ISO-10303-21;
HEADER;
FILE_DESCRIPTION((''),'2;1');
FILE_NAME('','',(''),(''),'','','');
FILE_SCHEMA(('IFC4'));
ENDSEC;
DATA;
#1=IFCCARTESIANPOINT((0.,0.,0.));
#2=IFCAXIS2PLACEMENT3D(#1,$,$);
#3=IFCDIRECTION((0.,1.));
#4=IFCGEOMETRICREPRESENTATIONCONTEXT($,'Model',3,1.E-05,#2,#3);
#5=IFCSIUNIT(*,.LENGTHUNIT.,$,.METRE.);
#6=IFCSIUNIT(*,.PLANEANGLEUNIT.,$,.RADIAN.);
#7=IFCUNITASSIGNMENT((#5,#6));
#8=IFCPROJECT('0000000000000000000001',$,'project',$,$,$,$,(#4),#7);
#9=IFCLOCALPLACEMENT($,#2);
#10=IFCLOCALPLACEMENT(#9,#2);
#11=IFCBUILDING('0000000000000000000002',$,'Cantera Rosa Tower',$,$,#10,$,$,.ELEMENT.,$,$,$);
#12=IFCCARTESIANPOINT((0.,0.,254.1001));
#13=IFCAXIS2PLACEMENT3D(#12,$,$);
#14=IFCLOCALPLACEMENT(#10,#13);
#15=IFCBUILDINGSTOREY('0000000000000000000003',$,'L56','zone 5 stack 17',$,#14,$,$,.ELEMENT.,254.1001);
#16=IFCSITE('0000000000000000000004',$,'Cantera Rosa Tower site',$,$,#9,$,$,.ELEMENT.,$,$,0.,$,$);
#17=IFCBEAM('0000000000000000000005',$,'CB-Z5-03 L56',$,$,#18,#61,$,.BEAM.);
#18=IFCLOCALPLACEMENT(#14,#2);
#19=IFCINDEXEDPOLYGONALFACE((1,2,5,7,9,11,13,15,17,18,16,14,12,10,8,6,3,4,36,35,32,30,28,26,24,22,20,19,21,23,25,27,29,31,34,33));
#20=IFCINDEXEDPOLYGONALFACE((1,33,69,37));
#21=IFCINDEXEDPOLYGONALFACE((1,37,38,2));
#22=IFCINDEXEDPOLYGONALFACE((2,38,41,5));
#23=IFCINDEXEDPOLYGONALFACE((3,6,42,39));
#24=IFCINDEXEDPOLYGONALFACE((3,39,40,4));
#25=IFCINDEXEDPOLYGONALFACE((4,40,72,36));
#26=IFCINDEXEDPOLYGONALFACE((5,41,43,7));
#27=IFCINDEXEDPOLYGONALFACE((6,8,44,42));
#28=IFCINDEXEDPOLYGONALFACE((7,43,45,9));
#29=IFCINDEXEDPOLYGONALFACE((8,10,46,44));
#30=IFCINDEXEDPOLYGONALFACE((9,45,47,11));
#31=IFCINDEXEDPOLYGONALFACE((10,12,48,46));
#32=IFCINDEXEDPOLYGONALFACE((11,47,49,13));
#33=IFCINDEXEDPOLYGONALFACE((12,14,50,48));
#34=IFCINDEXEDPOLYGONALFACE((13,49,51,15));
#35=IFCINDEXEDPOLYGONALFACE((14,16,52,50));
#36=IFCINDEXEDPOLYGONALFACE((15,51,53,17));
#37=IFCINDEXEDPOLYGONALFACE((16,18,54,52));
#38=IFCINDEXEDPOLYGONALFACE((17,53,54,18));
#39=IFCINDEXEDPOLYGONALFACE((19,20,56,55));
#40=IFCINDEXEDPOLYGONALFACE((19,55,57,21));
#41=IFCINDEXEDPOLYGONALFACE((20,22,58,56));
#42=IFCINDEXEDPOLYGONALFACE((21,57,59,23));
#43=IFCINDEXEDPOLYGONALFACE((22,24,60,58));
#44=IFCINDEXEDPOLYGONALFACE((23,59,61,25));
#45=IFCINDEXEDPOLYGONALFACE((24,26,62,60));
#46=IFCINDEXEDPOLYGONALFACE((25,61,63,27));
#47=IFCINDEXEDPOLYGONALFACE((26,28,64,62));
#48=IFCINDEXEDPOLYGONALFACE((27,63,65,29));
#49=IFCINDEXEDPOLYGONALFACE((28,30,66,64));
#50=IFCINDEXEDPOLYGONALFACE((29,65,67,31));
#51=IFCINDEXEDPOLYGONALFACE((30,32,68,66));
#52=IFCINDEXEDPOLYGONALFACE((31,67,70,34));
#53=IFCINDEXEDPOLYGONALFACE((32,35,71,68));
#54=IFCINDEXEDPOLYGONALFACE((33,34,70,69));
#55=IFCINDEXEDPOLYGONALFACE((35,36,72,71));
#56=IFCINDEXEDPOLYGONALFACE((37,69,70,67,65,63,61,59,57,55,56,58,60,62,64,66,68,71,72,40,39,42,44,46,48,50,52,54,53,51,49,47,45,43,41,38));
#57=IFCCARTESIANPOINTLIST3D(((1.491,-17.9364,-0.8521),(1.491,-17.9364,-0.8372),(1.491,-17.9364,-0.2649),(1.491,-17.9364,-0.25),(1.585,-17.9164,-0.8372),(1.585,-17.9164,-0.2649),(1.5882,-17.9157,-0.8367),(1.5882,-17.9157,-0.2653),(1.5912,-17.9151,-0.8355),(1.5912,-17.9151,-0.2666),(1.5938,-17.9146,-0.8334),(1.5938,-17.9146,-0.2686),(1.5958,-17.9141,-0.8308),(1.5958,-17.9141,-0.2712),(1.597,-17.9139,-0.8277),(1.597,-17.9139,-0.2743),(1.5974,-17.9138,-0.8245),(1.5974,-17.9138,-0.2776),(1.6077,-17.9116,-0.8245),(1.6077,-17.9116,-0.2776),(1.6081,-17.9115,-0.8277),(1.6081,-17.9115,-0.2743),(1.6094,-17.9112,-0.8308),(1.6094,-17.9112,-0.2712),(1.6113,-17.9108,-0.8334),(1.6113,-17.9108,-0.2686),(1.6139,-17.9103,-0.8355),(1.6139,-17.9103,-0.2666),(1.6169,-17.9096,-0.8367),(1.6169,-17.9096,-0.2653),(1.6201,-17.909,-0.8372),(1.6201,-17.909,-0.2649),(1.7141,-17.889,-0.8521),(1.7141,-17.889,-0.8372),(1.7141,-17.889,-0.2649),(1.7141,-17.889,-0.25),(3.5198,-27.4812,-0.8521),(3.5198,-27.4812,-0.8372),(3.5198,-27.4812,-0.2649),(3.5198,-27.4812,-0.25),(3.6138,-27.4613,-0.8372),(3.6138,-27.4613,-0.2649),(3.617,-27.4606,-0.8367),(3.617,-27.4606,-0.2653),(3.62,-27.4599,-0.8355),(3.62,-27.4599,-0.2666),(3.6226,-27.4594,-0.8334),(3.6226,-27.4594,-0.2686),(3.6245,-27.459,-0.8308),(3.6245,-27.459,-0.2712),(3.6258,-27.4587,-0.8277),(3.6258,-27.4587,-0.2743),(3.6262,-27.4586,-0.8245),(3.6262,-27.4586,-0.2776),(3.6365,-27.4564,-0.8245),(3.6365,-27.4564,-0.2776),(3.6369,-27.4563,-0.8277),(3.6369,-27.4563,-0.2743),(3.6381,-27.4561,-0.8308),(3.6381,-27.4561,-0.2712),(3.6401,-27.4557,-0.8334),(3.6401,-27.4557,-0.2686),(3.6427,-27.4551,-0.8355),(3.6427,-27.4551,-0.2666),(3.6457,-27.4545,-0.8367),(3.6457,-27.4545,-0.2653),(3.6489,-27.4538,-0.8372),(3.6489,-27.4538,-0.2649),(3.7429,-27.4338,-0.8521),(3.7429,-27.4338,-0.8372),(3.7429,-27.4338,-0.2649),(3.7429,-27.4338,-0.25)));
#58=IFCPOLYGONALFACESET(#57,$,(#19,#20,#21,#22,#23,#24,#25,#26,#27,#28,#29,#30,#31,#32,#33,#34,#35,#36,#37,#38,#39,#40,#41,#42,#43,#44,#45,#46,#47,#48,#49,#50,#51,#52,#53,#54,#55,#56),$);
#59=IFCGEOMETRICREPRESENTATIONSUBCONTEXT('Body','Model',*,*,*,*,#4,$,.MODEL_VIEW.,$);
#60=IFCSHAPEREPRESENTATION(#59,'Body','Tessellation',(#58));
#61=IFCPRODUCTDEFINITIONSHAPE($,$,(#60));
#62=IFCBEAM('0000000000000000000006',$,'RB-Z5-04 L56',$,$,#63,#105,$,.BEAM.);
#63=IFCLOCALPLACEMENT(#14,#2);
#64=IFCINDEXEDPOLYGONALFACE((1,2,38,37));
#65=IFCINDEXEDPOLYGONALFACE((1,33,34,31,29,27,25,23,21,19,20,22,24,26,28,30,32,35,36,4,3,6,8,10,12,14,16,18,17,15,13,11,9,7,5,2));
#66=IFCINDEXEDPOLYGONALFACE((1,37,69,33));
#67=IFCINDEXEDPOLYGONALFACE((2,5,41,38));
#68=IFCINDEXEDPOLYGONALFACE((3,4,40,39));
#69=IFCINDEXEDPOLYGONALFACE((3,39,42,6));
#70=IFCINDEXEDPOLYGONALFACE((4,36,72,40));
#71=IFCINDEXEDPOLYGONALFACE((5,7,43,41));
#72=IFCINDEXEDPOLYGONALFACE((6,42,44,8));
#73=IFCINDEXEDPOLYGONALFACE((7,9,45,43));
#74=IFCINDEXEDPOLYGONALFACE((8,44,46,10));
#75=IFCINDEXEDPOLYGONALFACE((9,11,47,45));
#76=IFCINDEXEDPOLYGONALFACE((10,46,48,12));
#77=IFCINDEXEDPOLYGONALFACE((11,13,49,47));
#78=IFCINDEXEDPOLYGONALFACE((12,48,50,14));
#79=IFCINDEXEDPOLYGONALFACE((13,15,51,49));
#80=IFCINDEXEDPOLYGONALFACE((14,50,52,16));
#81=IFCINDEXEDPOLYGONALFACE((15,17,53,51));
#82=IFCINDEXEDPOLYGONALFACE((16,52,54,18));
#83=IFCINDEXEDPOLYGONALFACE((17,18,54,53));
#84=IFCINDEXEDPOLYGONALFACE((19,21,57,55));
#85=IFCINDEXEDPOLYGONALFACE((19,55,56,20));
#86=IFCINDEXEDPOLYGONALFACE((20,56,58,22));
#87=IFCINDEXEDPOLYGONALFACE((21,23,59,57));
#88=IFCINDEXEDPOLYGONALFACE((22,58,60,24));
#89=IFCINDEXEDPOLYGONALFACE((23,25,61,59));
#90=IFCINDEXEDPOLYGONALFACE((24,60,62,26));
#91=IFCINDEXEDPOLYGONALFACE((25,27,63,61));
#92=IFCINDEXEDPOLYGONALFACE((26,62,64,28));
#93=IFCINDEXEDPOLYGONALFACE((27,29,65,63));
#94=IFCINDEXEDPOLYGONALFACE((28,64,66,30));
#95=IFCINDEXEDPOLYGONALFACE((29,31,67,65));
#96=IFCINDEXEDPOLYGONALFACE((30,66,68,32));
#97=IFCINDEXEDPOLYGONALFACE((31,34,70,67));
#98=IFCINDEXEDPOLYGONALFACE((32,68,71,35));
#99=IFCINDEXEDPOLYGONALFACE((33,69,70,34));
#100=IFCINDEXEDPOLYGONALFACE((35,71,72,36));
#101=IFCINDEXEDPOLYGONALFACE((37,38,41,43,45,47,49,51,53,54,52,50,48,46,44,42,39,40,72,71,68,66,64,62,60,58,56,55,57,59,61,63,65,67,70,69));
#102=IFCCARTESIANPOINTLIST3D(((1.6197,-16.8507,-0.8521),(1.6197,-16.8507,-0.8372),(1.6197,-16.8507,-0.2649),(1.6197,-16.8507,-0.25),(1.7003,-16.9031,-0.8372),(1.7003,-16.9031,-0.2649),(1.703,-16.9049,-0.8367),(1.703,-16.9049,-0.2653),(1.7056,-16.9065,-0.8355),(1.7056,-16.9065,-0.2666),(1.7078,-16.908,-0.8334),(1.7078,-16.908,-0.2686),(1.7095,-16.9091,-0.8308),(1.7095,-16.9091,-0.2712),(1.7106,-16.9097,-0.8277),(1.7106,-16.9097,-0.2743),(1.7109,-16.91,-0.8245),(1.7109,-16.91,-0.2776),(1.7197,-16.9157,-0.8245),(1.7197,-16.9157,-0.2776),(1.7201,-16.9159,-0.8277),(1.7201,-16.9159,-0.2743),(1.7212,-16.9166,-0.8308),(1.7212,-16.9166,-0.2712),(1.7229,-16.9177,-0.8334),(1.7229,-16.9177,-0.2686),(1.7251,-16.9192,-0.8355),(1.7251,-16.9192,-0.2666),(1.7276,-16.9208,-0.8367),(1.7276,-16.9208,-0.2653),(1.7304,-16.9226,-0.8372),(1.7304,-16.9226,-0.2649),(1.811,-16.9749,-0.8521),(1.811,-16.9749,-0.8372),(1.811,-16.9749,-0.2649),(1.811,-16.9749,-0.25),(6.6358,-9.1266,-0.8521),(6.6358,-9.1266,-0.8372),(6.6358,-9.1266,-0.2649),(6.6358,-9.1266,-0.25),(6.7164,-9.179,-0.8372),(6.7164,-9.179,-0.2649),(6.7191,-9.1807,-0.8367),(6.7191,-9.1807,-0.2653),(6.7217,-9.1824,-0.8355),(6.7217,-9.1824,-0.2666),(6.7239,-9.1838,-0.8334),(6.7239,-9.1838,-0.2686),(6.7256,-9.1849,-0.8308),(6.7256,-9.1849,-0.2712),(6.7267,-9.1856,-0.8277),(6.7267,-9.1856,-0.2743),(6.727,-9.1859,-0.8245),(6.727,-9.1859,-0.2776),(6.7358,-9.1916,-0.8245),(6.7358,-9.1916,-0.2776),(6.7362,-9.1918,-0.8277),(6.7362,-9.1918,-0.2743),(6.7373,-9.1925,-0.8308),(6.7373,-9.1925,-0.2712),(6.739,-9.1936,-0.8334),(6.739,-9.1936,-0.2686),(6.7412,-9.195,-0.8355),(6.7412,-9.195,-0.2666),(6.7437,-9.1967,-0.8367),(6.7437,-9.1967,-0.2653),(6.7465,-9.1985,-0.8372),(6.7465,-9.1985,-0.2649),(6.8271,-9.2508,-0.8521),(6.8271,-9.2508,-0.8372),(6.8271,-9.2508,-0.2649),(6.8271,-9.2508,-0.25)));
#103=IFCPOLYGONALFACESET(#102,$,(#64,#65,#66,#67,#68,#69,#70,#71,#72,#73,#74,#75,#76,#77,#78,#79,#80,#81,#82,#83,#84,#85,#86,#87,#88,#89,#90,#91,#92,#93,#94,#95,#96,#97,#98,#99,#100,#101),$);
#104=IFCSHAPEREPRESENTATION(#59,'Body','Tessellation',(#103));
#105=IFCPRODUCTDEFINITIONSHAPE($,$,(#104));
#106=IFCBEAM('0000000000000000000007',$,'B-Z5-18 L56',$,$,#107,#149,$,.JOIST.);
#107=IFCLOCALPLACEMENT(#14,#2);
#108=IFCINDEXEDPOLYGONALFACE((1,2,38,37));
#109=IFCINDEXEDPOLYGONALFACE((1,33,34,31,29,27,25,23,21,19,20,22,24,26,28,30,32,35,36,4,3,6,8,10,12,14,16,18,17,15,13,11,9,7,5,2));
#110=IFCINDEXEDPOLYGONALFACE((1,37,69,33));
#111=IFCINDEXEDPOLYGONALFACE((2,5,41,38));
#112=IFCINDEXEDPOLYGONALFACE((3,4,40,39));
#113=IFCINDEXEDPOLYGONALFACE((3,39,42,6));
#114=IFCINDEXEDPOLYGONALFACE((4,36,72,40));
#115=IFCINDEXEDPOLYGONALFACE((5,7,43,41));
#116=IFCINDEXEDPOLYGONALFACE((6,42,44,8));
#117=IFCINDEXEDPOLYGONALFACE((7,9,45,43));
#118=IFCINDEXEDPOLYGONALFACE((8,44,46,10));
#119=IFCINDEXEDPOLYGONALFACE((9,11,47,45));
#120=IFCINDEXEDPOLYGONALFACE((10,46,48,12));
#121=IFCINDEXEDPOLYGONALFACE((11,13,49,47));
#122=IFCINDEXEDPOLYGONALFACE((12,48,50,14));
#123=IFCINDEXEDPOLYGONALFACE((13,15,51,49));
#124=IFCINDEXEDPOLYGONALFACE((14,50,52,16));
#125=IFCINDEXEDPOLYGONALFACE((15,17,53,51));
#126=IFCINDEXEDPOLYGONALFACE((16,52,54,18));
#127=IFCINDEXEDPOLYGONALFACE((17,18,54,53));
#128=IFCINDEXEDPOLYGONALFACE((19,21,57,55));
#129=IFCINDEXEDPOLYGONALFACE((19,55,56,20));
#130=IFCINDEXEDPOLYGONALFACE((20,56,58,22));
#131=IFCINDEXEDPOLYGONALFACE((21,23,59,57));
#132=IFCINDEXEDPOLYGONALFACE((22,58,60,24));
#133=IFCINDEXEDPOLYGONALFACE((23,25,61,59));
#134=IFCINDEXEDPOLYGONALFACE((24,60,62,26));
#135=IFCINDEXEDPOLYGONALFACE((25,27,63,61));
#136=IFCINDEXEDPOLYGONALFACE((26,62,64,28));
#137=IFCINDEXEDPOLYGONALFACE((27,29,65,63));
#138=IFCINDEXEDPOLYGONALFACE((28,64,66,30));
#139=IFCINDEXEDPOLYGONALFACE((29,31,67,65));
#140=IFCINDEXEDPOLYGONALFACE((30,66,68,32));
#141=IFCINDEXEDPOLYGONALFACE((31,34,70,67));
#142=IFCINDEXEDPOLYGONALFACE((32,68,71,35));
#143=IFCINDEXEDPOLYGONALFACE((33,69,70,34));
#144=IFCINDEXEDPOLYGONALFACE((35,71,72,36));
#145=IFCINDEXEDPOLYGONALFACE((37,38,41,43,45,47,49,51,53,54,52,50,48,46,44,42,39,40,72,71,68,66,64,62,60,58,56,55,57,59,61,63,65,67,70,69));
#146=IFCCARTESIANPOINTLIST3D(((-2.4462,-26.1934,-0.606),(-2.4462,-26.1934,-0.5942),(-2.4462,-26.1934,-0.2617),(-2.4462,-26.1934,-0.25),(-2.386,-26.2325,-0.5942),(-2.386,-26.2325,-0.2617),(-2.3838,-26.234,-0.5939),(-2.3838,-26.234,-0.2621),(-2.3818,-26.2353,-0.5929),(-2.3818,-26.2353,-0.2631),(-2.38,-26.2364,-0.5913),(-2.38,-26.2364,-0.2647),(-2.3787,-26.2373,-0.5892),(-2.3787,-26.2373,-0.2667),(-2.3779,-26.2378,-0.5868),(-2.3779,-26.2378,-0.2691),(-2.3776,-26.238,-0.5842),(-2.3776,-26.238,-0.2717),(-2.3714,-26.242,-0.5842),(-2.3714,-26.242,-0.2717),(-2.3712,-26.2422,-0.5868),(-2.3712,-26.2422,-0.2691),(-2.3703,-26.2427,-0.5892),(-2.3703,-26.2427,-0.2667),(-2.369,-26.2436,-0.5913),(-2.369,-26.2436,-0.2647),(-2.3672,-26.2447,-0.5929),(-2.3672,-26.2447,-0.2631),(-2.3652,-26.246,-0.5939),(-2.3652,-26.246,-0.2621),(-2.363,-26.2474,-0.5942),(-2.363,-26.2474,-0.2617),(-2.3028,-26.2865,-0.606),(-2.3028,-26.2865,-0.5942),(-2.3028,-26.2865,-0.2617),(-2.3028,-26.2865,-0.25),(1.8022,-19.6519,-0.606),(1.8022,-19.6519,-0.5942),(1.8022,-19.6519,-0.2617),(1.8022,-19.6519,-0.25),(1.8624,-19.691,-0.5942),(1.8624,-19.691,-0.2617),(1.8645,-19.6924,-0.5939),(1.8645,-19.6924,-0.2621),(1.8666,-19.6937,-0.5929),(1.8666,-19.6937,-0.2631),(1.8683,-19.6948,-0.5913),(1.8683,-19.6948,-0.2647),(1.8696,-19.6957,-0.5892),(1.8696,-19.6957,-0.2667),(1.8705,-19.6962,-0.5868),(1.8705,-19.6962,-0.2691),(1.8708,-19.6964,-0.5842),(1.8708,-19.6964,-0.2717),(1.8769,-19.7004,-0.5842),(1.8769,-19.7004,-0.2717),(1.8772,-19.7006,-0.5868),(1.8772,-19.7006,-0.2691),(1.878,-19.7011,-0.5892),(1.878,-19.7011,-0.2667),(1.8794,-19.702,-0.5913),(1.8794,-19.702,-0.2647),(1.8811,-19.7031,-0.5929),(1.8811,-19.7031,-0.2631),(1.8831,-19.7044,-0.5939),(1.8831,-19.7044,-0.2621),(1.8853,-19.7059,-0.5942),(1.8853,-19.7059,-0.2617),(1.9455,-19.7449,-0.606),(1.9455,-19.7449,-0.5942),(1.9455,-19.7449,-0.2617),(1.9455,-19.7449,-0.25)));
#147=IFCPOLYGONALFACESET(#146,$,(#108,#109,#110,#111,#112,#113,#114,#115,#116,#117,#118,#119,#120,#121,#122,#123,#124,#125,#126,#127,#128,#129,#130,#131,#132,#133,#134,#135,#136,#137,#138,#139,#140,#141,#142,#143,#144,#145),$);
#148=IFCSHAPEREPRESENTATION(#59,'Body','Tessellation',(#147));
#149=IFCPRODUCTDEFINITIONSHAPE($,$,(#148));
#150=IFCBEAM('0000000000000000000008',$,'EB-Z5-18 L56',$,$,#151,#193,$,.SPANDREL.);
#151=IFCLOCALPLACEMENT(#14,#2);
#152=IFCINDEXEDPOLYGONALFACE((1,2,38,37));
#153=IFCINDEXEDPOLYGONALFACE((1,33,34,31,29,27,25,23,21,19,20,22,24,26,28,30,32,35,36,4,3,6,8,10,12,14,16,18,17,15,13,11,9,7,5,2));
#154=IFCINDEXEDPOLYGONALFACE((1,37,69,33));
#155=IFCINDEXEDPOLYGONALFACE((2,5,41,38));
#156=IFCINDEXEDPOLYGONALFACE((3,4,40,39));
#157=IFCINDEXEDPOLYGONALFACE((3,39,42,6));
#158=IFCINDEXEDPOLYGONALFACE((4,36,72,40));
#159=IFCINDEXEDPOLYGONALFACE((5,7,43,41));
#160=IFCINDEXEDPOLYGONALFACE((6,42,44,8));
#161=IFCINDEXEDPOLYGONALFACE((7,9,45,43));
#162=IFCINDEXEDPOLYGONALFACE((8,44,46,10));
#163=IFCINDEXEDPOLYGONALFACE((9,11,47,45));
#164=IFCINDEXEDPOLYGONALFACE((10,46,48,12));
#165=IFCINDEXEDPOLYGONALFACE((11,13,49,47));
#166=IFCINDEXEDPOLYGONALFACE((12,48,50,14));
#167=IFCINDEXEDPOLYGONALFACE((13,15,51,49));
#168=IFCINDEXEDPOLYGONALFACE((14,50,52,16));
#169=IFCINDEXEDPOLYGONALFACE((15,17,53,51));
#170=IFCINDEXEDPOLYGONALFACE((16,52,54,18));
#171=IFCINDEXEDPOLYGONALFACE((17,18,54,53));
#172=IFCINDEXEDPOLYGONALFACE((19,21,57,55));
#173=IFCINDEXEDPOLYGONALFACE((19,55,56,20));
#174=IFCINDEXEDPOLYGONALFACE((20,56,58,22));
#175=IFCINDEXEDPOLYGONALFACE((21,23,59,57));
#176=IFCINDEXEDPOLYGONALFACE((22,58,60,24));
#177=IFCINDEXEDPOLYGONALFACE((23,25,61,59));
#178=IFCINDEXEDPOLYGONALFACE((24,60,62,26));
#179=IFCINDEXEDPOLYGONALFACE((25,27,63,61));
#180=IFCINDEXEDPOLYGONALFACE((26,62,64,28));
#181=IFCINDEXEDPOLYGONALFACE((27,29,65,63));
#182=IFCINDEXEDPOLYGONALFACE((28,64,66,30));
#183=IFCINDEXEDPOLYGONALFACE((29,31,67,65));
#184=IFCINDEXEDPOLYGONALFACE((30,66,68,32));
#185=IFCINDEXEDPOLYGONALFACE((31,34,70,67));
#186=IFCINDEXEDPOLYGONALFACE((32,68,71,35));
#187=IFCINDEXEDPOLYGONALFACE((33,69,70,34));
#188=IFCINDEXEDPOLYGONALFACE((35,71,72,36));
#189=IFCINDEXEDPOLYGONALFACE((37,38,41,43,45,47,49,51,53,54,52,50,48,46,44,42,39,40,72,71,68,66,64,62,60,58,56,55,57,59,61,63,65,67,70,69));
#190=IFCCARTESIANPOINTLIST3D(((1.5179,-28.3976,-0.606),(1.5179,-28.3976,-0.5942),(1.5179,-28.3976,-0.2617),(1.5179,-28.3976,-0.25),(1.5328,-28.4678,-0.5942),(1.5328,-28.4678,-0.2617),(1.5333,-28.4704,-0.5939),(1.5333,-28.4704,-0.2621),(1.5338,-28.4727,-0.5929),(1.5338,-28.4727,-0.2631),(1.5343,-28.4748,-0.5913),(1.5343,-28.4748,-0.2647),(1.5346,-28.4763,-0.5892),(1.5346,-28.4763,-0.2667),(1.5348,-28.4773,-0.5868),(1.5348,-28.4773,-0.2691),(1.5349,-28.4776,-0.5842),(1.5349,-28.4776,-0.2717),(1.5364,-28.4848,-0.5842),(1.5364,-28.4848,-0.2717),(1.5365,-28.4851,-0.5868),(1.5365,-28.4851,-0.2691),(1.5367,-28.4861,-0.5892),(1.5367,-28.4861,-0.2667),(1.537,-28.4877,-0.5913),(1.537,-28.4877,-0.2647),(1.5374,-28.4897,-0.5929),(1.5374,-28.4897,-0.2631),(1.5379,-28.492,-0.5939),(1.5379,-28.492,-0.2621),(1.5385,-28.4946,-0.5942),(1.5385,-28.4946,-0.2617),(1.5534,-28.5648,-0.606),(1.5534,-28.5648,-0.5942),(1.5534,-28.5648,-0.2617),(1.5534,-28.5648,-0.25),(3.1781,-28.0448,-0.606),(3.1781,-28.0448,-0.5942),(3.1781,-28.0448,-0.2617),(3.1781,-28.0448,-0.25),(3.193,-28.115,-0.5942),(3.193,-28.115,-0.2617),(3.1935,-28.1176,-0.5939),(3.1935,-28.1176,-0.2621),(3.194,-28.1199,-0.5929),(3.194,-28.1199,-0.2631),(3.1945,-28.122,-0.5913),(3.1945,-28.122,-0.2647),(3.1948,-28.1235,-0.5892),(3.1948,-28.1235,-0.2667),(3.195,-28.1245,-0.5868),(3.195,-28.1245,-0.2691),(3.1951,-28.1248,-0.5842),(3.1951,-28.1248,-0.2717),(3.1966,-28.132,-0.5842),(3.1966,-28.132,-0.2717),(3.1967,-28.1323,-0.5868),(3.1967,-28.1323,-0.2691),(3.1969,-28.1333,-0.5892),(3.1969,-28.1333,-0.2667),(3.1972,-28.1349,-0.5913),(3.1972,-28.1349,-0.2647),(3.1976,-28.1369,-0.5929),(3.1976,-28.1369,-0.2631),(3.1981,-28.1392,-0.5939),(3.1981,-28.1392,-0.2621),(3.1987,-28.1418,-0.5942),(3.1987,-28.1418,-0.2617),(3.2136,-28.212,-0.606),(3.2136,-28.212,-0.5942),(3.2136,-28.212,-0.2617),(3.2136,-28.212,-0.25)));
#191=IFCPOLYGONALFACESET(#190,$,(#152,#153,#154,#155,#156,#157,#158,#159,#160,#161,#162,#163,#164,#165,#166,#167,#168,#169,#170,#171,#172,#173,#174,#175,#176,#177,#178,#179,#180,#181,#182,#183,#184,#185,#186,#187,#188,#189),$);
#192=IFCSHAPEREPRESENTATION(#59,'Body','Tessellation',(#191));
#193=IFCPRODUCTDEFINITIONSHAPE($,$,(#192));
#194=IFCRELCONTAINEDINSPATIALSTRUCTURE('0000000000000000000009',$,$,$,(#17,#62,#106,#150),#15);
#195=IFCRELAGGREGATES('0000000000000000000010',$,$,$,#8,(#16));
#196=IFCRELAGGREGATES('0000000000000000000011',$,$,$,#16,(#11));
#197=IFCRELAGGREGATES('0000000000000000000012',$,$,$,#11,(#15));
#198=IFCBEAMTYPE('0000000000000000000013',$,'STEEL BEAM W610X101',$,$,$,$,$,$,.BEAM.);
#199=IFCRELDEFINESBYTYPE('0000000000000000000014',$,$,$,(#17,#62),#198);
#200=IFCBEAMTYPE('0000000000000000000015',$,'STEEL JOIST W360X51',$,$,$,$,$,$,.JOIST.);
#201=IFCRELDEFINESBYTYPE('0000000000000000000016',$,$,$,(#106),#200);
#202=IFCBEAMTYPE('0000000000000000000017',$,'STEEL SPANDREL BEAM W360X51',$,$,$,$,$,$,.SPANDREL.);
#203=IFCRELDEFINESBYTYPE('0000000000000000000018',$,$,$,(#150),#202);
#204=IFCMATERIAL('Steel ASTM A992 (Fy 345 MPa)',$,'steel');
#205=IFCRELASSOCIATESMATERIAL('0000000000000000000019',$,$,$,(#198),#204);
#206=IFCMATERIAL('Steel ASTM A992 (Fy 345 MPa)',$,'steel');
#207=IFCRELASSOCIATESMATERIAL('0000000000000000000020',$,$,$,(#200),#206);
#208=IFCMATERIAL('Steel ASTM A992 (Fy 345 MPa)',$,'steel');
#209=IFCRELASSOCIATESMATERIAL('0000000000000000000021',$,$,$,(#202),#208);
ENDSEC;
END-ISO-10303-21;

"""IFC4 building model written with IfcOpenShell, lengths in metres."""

from ifc_helpers import new_model, si_unit, direction, frame, origin, origin_2d, place, context, subcontext, project, spatial, i_section, extrude, material, material_profile, profile_set, type_object, element, save


model = new_model("IFC4")

# Units and contexts
model_context = context("Model", 3, precision=1e-05, world=origin(), true_north=direction((0.0, 1.0)))
body_context = subcontext(model_context, "Body", "Model", "MODEL_VIEW")
ifc_project = project(units=[si_unit("LENGTHUNIT", "METRE"), si_unit("PLANEANGLEUNIT", "RADIAN")], contexts=[model_context])

# Site, building, storey
site_placement = place(None, origin())
site = spatial("IfcSite", under=ifc_project, at=site_placement, Name="Cantera Rosa Tower site", CompositionType="ELEMENT", RefElevation=0.0)
building_placement = place(site_placement, origin())
building = spatial("IfcBuilding", under=site, at=building_placement, Name="Cantera Rosa Tower", CompositionType="ELEMENT")
storey_placement = place(building_placement, frame((0.0, 0.0, 254.1001)))
storey = spatial("IfcBuildingStorey", under=building, at=storey_placement, Name="L56", Description="zone 5 stack 17", CompositionType="ELEMENT", Elevation=254.1001)

# Beams
ifc_material_1 = material(Name="Steel ASTM A992 (Fy 345 MPa)", Category="steel")
ifc_material_profile_1 = material_profile(ifc_material_1, i_section(OverallWidth=0.228, OverallDepth=0.6021, WebThickness=0.0105, FlangeThickness=0.0149, FilletRadius=0.0127, at=origin_2d()), Name="W610X101")
ifc_profile_set_1 = profile_set([ifc_material_profile_1], Name="Steel ASTM A992 (Fy 345 MPa)")
beam_type_1 = type_object("IfcBeamType", Name="STEEL BEAM W610X101", PredefinedType="BEAM", material=ifc_profile_set_1)
beam_1_placement = place(storey_placement, frame((3.6313, -27.4575, -0.551), z_axis=(-0.207909, 0.978148, 0.0), x_axis=(-0.978148, -0.207909, 0.0)))
element("IfcBeam", 1, at=beam_1_placement, inside=storey, type_object=beam_type_1, Name="CB-Z5-03 L56", PredefinedType="BEAM", context=body_context, shape_type="SweptSolid", body=[
    extrude(i_section(OverallWidth=0.228, OverallDepth=0.6021, WebThickness=0.0105, FlangeThickness=0.0149, FilletRadius=0.0127, at=origin_2d()), origin(), (0.0, 0.0, 1.0), 9.7581),
])
beam_2_placement = place(storey_placement, frame((1.7153, -16.9128, -0.551), z_axis=(0.54464, 0.83867, 0.0), x_axis=(-0.83867, 0.54464, 0.0)))
element("IfcBeam", 2, at=beam_2_placement, inside=storey, type_object=beam_type_1, Name="RB-Z5-04 L56", PredefinedType="BEAM", context=body_context, shape_type="SweptSolid", body=[
    extrude(i_section(OverallWidth=0.228, OverallDepth=0.6021, WebThickness=0.0105, FlangeThickness=0.0149, FilletRadius=0.0127, at=origin_2d()), origin(), (0.0, 0.0, 1.0), 9.21),
])
ifc_material_2 = material(Name="Steel ASTM A992 (Fy 345 MPa)", Category="steel")
ifc_material_profile_2 = material_profile(ifc_material_2, i_section(OverallWidth=0.1709, OverallDepth=0.356, WebThickness=0.0073, FlangeThickness=0.0117, FilletRadius=0.01, at=origin_2d()), Name="W360X51")
ifc_profile_set_2 = profile_set([ifc_material_profile_2], Name="Steel ASTM A992 (Fy 345 MPa)")
beam_type_2 = type_object("IfcBeamType", Name="STEEL JOIST W360X51", PredefinedType="JOIST", material=ifc_profile_set_2)
beam_3_placement = place(storey_placement, frame((-2.3745, -26.24, -0.428), z_axis=(0.544656, 0.83866, 0.0), x_axis=(-0.83866, 0.544656, 0.0)))
element("IfcBeam", 3, at=beam_3_placement, inside=storey, type_object=beam_type_2, Name="B-Z5-18 L56", PredefinedType="JOIST", context=body_context, shape_type="SweptSolid", body=[
    extrude(i_section(OverallWidth=0.1709, OverallDepth=0.356, WebThickness=0.0073, FlangeThickness=0.0117, FilletRadius=0.01, at=origin_2d()), origin(), (0.0, 0.0, 1.0), 7.8),
])
ifc_material_3 = material(Name="Steel ASTM A992 (Fy 345 MPa)", Category="steel")
ifc_material_profile_3 = material_profile(ifc_material_3, i_section(OverallWidth=0.1709, OverallDepth=0.356, WebThickness=0.0073, FlangeThickness=0.0117, FilletRadius=0.01, at=origin_2d()), Name="W360X51")
ifc_profile_set_3 = profile_set([ifc_material_profile_3], Name="Steel ASTM A992 (Fy 345 MPa)")
beam_type_3 = type_object("IfcBeamType", Name="STEEL SPANDREL BEAM W360X51", PredefinedType="SPANDREL", material=ifc_profile_set_3)
beam_4_placement = place(storey_placement, frame((1.5356, -28.4812, -0.428), z_axis=(0.978159, 0.207859, 0.0), x_axis=(-0.207859, 0.978159, 0.0)))
element("IfcBeam", 4, at=beam_4_placement, inside=storey, type_object=beam_type_3, Name="EB-Z5-18 L56", PredefinedType="SPANDREL", context=body_context, shape_type="SweptSolid", body=[
    extrude(i_section(OverallWidth=0.1709, OverallDepth=0.356, WebThickness=0.0073, FlangeThickness=0.0117, FilletRadius=0.01, at=origin_2d()), origin(), (0.0, 0.0, 1.0), 1.6973),
])

save(model, "model.ifc")
